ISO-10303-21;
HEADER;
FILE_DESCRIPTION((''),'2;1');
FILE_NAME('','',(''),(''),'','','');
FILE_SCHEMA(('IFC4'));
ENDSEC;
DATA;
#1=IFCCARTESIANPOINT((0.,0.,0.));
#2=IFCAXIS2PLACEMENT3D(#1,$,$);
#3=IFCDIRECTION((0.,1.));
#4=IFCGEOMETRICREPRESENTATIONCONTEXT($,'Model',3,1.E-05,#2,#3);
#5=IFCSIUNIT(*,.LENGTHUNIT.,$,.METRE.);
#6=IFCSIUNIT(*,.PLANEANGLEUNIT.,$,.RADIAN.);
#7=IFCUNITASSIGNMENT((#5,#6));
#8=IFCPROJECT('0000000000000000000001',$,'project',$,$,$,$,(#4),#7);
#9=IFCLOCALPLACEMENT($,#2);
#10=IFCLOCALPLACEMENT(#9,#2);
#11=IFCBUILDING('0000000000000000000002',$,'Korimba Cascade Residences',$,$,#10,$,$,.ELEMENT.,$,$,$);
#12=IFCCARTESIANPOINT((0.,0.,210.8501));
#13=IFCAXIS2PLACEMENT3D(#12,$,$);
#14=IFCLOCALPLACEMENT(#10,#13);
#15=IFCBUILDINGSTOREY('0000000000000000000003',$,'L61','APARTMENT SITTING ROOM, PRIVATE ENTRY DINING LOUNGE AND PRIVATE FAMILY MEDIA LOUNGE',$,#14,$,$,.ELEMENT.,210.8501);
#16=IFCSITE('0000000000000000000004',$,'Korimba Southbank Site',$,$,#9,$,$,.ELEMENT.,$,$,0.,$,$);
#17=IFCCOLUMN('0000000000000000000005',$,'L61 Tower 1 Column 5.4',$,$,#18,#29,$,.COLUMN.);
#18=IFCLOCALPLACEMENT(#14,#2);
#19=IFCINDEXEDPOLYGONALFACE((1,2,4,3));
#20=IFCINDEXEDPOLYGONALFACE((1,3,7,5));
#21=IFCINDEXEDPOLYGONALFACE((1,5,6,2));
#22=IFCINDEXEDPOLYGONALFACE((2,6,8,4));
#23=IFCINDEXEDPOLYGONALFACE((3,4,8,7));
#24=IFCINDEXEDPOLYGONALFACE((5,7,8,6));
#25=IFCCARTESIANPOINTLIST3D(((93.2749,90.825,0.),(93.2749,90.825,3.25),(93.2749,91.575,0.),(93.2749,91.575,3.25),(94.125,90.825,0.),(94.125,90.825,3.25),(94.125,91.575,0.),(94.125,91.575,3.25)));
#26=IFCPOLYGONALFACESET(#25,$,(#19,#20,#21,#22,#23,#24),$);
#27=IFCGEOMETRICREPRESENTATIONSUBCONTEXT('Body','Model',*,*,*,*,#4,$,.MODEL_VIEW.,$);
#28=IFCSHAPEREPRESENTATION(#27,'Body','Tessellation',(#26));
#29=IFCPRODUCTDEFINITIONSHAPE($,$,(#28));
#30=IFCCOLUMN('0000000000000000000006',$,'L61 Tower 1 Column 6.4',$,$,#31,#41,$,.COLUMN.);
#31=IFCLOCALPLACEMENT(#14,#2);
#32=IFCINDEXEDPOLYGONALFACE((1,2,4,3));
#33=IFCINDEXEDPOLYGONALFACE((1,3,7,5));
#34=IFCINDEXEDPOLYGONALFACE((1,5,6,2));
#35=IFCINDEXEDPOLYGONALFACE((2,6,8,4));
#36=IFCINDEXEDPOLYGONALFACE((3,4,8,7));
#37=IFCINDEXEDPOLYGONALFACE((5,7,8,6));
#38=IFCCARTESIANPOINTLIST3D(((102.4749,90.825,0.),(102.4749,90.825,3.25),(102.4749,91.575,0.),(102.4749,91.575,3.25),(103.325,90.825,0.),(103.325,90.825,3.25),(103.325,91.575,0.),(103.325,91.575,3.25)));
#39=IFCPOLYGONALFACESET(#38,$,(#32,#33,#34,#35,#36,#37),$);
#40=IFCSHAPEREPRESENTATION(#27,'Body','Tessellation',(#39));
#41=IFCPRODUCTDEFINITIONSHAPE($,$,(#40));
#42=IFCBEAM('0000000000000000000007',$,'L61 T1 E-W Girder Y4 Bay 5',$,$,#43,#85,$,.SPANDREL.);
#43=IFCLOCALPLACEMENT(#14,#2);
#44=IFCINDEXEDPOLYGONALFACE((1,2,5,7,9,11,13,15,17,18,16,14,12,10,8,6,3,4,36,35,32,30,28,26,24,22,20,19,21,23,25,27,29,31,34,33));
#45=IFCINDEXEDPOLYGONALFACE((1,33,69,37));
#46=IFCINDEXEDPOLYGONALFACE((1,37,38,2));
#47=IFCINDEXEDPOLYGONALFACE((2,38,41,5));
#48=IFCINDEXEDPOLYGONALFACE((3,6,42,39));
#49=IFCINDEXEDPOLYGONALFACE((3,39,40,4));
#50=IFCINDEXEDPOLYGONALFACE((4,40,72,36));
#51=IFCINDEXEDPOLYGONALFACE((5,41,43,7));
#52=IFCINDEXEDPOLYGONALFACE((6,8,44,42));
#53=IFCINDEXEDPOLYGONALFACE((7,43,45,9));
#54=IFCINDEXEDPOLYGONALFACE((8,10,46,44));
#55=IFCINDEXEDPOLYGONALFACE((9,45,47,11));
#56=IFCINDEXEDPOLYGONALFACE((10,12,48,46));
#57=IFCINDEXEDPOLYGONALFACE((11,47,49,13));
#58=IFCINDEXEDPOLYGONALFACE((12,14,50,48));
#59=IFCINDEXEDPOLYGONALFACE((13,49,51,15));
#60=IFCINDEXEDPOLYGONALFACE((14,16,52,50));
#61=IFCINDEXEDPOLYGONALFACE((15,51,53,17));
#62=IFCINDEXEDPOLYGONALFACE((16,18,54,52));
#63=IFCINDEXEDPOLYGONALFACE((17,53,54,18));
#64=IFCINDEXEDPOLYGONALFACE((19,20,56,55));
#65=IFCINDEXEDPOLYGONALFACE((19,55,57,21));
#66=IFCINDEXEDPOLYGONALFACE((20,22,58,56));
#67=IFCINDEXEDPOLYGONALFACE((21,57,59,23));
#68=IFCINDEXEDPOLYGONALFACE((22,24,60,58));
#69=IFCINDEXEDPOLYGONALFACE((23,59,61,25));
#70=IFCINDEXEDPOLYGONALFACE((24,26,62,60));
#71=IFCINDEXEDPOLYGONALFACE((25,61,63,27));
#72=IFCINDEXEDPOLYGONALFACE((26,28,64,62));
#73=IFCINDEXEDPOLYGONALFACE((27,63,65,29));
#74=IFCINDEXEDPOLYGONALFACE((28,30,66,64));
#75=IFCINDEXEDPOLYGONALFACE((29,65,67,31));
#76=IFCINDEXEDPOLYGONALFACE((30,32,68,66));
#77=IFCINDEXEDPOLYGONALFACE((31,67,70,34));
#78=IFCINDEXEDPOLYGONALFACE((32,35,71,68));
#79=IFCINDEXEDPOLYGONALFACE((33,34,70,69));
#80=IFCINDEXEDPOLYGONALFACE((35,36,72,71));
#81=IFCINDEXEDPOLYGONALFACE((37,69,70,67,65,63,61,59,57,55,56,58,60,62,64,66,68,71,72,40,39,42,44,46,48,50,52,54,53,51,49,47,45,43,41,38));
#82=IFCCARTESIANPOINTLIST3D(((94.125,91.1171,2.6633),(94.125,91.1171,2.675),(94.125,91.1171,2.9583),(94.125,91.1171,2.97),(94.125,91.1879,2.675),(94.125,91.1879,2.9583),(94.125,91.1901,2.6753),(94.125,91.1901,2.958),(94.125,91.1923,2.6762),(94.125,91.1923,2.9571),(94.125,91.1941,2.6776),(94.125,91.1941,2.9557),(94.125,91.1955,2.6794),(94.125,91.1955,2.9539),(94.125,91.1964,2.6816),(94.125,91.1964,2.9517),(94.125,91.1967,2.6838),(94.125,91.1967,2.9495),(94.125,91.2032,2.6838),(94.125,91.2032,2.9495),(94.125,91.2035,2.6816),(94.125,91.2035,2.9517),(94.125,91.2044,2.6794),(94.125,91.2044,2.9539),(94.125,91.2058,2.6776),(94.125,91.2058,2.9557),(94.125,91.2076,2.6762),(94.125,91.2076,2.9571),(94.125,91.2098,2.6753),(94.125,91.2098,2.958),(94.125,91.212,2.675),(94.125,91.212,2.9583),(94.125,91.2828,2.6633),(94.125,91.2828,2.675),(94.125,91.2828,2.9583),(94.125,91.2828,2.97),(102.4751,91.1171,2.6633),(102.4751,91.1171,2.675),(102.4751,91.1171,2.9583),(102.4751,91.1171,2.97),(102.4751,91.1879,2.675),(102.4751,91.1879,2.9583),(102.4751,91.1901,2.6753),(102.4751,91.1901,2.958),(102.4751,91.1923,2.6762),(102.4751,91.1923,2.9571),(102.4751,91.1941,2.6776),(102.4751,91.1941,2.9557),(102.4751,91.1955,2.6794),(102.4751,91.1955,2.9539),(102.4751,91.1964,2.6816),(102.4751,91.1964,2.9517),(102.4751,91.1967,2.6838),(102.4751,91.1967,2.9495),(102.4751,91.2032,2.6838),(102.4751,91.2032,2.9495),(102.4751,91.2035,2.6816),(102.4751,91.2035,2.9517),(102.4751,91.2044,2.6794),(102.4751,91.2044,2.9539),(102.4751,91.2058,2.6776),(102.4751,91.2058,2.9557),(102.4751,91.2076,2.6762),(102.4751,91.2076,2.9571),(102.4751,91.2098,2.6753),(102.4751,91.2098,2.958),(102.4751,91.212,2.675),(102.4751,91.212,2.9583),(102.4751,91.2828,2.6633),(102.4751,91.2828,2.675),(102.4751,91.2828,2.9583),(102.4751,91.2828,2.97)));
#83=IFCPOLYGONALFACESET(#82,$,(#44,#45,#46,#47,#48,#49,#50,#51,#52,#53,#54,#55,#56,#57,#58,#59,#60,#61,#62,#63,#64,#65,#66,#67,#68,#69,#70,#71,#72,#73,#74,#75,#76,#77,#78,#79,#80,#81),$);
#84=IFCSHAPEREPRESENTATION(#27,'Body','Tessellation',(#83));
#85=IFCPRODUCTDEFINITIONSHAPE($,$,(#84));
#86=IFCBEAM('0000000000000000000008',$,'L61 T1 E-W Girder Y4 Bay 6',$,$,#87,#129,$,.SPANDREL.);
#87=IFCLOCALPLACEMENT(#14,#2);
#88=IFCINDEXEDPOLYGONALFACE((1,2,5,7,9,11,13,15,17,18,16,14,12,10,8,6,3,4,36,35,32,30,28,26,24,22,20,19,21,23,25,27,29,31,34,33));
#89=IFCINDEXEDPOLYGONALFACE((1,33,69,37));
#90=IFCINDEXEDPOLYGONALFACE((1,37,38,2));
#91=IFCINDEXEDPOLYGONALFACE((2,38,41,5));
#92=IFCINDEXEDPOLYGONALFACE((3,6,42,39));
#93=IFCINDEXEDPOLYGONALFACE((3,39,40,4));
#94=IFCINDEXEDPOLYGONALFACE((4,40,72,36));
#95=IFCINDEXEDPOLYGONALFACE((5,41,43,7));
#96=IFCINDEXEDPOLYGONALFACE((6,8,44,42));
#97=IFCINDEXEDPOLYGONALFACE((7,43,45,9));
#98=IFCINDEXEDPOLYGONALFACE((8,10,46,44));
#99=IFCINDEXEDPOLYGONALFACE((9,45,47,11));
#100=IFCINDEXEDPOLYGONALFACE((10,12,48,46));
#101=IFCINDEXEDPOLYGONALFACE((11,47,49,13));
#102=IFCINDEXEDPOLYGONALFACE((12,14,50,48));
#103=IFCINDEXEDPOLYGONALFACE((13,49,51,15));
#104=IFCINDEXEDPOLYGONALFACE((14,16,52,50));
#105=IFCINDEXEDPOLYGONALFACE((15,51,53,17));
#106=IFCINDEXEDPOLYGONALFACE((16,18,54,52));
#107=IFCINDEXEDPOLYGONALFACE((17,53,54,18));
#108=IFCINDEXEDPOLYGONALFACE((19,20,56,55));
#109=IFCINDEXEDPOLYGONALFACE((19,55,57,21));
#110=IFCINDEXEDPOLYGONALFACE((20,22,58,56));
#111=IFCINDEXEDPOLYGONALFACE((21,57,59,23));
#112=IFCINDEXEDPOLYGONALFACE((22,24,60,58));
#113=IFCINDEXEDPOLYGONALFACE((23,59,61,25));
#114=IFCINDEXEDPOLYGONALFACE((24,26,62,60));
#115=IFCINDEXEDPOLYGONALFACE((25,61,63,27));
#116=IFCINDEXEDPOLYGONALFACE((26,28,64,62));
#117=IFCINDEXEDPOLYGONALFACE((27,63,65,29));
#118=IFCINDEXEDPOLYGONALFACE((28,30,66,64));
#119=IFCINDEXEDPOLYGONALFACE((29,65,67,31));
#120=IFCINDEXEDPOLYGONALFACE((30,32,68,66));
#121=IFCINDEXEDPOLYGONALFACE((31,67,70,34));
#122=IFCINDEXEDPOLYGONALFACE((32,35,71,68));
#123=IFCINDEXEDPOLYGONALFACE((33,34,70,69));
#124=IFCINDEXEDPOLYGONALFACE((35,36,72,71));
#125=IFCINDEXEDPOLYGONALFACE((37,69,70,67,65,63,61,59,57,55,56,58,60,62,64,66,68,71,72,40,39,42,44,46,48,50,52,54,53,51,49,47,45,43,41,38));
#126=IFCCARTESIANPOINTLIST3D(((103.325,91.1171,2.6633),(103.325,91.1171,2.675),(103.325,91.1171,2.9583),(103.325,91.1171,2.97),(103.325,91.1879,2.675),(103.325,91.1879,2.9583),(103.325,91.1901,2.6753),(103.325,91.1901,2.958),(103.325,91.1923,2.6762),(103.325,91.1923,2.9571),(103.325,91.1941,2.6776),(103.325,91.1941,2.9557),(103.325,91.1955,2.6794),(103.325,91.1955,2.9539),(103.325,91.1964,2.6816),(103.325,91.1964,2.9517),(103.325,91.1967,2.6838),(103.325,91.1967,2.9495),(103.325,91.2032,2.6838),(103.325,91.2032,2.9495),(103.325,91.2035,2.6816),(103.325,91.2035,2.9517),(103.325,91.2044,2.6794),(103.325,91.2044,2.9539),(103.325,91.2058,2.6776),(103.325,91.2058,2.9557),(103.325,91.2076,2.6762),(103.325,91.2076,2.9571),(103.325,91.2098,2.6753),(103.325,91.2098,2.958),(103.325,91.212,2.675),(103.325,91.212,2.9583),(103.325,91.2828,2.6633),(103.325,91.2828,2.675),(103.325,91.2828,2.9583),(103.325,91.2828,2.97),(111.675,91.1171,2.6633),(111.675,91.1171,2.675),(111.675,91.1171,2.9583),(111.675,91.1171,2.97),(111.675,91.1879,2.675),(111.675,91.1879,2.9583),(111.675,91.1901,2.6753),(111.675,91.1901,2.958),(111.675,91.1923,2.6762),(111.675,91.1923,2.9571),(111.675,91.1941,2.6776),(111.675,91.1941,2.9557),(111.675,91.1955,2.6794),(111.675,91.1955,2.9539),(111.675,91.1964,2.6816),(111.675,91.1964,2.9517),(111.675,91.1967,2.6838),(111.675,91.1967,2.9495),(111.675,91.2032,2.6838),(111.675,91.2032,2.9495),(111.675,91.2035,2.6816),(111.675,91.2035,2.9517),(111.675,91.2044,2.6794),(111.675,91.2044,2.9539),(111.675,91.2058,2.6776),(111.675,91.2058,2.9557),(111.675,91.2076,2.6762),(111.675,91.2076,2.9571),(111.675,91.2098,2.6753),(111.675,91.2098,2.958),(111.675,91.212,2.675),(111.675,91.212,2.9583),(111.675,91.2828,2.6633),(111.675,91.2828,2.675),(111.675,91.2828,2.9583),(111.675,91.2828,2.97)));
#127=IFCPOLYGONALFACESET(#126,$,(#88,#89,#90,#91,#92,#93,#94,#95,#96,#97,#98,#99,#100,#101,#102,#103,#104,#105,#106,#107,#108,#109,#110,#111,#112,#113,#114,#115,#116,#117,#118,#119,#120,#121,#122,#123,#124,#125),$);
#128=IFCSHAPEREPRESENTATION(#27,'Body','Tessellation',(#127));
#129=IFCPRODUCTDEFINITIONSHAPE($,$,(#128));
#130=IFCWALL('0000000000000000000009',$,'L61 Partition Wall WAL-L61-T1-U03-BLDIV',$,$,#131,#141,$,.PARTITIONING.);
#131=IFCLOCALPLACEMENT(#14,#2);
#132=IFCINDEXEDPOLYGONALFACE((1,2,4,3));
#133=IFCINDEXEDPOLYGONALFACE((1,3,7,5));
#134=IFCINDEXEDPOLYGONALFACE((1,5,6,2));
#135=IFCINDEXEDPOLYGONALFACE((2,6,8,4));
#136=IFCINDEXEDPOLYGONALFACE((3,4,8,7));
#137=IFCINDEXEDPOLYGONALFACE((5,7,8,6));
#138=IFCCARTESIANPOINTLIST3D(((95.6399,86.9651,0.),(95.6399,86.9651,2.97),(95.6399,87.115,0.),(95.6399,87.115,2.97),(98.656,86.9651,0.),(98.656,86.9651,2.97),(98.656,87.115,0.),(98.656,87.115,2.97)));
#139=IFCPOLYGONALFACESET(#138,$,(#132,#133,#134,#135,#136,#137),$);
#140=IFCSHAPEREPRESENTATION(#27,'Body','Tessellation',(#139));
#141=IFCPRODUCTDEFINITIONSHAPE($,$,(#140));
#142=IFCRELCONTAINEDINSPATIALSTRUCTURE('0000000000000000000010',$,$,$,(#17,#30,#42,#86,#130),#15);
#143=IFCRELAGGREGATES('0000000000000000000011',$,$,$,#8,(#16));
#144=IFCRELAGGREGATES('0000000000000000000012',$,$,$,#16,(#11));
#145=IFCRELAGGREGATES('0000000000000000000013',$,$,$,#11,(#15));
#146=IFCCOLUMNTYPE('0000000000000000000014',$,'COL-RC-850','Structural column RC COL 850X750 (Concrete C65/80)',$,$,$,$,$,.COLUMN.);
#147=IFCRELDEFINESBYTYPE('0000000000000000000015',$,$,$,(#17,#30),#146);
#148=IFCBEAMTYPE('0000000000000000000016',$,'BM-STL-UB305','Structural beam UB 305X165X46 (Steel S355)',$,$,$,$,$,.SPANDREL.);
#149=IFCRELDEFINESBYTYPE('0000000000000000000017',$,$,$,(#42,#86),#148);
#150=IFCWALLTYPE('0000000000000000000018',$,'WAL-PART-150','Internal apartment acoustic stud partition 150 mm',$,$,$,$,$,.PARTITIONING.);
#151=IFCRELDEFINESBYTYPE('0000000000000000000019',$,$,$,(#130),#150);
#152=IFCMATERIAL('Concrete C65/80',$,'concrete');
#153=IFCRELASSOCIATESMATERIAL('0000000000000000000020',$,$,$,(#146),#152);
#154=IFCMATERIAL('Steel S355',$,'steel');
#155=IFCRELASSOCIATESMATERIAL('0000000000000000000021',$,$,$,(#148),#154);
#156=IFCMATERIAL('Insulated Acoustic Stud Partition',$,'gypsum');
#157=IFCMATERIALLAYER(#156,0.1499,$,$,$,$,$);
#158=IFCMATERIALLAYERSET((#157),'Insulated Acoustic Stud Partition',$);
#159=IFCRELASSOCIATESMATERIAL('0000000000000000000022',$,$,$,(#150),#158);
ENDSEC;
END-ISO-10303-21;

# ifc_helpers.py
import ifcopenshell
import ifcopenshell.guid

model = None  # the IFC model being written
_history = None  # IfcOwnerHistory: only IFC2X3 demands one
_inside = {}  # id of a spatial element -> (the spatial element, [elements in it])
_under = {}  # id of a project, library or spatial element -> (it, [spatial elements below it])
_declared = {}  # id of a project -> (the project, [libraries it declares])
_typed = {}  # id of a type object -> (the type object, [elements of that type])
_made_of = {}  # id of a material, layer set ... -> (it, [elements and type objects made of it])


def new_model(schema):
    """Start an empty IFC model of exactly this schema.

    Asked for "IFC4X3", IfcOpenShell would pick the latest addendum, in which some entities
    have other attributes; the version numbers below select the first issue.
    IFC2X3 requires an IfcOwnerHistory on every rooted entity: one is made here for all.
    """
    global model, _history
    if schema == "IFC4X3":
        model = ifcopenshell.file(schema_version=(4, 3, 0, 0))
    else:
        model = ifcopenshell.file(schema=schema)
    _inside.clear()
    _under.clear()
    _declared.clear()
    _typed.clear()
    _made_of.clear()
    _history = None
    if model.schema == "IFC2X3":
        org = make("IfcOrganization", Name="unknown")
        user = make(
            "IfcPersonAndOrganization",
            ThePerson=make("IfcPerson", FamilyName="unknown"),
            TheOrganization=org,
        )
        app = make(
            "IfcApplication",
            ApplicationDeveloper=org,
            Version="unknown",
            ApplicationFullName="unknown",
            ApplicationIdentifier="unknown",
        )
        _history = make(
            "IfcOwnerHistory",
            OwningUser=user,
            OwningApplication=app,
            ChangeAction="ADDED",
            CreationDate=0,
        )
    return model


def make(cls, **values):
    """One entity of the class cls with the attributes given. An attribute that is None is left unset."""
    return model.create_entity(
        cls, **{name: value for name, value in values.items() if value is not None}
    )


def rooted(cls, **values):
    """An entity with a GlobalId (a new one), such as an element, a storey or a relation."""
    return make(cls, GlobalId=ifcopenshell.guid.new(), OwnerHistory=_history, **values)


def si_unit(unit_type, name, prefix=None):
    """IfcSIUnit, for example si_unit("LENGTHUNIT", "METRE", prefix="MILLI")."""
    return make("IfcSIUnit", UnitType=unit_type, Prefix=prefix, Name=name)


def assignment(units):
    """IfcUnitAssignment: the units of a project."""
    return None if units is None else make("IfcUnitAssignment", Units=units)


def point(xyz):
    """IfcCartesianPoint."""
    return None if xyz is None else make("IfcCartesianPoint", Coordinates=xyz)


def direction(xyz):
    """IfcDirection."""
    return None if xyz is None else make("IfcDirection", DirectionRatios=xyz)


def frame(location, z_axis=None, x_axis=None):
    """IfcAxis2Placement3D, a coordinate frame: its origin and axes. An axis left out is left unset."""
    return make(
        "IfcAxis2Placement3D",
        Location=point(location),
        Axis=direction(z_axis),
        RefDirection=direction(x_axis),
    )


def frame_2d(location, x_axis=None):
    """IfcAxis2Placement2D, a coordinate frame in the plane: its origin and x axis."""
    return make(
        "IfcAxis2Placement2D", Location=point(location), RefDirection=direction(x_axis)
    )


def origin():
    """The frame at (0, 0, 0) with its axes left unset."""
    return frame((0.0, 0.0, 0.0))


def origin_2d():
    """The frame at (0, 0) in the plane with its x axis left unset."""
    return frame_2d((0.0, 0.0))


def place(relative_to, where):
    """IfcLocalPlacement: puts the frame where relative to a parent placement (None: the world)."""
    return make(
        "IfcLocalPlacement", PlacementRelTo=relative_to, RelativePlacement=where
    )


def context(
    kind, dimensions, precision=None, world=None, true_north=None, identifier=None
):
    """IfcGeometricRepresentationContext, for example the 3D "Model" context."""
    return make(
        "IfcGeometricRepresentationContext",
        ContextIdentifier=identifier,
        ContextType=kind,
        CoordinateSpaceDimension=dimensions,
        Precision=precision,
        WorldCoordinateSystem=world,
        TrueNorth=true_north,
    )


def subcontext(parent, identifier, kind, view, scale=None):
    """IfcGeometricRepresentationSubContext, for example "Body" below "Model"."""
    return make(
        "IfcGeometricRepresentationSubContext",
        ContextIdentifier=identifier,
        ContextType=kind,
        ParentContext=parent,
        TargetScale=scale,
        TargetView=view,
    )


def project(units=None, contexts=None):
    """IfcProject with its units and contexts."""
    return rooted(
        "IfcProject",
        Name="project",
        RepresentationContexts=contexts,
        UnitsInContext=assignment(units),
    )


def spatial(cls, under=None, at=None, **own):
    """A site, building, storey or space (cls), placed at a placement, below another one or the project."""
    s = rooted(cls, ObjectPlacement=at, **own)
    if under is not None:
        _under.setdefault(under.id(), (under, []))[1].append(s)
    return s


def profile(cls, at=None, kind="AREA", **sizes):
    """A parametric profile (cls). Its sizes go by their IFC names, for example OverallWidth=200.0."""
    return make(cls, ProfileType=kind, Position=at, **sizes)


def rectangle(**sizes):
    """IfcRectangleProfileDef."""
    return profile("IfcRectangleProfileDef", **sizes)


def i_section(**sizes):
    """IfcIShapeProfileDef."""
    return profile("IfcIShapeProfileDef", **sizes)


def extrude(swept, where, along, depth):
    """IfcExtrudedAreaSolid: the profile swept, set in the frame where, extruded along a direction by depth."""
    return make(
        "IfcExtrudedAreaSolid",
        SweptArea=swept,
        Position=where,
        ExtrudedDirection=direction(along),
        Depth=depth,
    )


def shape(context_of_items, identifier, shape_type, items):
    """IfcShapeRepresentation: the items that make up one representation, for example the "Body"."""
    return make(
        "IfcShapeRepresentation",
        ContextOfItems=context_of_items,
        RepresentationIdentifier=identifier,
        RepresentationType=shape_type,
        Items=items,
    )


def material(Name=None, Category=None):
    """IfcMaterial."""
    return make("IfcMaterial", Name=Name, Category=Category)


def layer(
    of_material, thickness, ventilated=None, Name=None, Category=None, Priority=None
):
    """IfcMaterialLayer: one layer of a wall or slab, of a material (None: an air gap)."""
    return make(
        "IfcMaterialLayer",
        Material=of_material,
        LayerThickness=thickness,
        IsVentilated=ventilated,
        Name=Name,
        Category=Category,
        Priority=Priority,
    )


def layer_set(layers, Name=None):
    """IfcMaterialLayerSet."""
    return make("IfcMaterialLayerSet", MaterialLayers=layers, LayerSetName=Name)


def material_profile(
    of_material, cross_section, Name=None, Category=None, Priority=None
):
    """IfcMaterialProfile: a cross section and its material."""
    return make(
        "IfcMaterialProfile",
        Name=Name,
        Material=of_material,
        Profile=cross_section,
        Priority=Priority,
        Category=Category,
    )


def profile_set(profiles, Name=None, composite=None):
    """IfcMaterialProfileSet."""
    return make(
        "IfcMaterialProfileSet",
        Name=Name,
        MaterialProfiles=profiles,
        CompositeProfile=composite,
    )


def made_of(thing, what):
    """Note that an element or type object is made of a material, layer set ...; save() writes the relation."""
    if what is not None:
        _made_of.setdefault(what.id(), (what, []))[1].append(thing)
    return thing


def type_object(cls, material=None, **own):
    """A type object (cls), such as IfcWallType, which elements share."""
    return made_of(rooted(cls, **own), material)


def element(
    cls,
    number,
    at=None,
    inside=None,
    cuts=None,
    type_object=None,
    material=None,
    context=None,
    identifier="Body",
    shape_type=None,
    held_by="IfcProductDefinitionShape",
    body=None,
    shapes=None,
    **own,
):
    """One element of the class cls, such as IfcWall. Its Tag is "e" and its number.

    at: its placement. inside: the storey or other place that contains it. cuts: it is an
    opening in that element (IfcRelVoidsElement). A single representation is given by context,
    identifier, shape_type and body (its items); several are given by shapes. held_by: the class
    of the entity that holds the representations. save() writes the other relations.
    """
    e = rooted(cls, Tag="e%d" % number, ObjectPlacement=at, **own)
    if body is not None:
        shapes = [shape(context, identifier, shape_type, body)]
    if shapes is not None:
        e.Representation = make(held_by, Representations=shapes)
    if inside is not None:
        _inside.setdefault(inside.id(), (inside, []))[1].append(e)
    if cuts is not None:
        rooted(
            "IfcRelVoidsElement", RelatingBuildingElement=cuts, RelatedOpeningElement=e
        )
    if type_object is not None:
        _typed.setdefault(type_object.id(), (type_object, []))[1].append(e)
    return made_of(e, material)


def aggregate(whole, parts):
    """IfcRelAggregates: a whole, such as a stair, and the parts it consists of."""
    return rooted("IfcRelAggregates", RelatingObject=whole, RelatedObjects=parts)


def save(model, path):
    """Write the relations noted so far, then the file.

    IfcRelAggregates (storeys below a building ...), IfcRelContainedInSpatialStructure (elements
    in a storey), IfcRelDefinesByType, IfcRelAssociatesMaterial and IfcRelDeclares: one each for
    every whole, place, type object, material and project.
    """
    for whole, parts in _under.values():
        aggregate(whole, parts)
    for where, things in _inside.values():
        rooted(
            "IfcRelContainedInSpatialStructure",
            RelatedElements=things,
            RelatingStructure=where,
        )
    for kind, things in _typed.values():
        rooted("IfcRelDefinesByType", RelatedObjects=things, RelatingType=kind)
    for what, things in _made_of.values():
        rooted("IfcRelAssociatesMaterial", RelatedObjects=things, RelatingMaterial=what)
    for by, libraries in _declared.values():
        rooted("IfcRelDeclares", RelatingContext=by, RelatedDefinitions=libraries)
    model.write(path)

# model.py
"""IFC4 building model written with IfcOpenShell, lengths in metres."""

from ifc_helpers import new_model, si_unit, direction, frame, frame_2d, origin, origin_2d, place, context, subcontext, project, spatial, rectangle, i_section, extrude, material, layer, layer_set, material_profile, profile_set, type_object, element, save


model = new_model("IFC4")

# Units and contexts
model_context = context("Model", 3, precision=1e-05, world=origin(), true_north=direction((0.0, 1.0)))
body_context = subcontext(model_context, "Body", "Model", "MODEL_VIEW")
ifc_project = project(units=[si_unit("LENGTHUNIT", "METRE"), si_unit("PLANEANGLEUNIT", "RADIAN")], contexts=[model_context])

# Site, building, storey
site_placement = place(None, origin())
site = spatial("IfcSite", under=ifc_project, at=site_placement, Name="Korimba Southbank Site", CompositionType="ELEMENT", RefElevation=0.0)
building_placement = place(site_placement, origin())
building = spatial("IfcBuilding", under=site, at=building_placement, Name="Korimba Cascade Residences", CompositionType="ELEMENT")
storey_placement = place(building_placement, frame((0.0, 0.0, 210.8501)))
storey = spatial("IfcBuildingStorey", under=building, at=storey_placement, Name="L61", Description="APARTMENT SITTING ROOM, PRIVATE ENTRY DINING LOUNGE AND PRIVATE FAMILY MEDIA LOUNGE", CompositionType="ELEMENT", Elevation=210.8501)

# Columns
ifc_material_1 = material(Name="Concrete C65/80", Category="concrete")
ifc_material_profile_1 = material_profile(ifc_material_1, rectangle(XDim=0.8501, YDim=0.75, at=origin_2d()), Name="Concrete C65/80")
ifc_profile_set_1 = profile_set([ifc_material_profile_1], Name="Concrete C65/80")
column_type = type_object("IfcColumnType", Name="COL-RC-850", Description="Structural column RC COL 850X750 (Concrete C65/80)", PredefinedType="COLUMN", material=ifc_profile_set_1)
for number, where, z_axis, x_axis, name in (
    (1, (93.7, 91.2, 0.0), (0.0, 0.0, 1.0), (1.0, 0.0, 0.0), "L61 Tower 1 Column 5.4"),
    (2, (102.8999, 91.2, 0.0), (0.0, 0.0, 1.0), (1.0, 0.0, 0.0), "L61 Tower 1 Column 6.4"),
):
    element("IfcColumn", number, at=place(storey_placement, frame(where, z_axis=z_axis, x_axis=x_axis)), inside=storey, type_object=column_type, Name=name, PredefinedType="COLUMN", context=body_context, shape_type="SweptSolid", body=[
        extrude(rectangle(XDim=0.8501, YDim=0.75, at=origin_2d()), origin(), (0.0, 0.0, 1.0), 3.25),
    ])

# Beams
ifc_material_2 = material(Name="Steel S355", Category="steel")
ifc_material_profile_2 = material_profile(ifc_material_2, i_section(OverallWidth=0.1658, OverallDepth=0.3066, WebThickness=0.0066, FlangeThickness=0.0117, FilletRadius=0.0088, at=origin_2d()), Name="Steel S355")
ifc_profile_set_2 = profile_set([ifc_material_profile_2], Name="Steel S355")
beam_type = type_object("IfcBeamType", Name="BM-STL-UB305", Description="Structural beam UB 305X165X46 (Steel S355)", PredefinedType="SPANDREL", material=ifc_profile_set_2)
for number, where, z_axis, x_axis, name in (
    (3, (94.125, 91.2, 2.8167), (1.0, 0.0, 0.0), (0.0, 1.0, 0.0), "L61 T1 E-W Girder Y4 Bay 5"),
    (4, (103.325, 91.2, 2.8167), (1.0, 0.0, 0.0), (0.0, 1.0, 0.0), "L61 T1 E-W Girder Y4 Bay 6"),
):
    element("IfcBeam", number, at=place(storey_placement, frame(where, z_axis=z_axis, x_axis=x_axis)), inside=storey, type_object=beam_type, Name=name, PredefinedType="SPANDREL", context=body_context, shape_type="SweptSolid", body=[
        extrude(i_section(OverallWidth=0.1658, OverallDepth=0.3066, WebThickness=0.0066, FlangeThickness=0.0117, FilletRadius=0.0088, at=origin_2d()), origin(), (0.0, 0.0, 1.0), 8.3501),
    ])

# Wall
ifc_material_3 = material(Name="Insulated Acoustic Stud Partition", Category="gypsum")
ifc_layer = layer(ifc_material_3, 0.1499)
ifc_layer_set = layer_set([ifc_layer], Name="Insulated Acoustic Stud Partition")
wall_type = type_object("IfcWallType", Name="WAL-PART-150", Description="Internal apartment acoustic stud partition 150 mm", PredefinedType="PARTITIONING", material=ifc_layer_set)
wall_1_placement = place(storey_placement, frame((95.6399, 87.04, 0.0), z_axis=(0.0, 0.0, 1.0), x_axis=(1.0, 0.0, 0.0)))
element("IfcWall", 5, at=wall_1_placement, inside=storey, type_object=wall_type, Name="L61 Partition Wall WAL-L61-T1-U03-BLDIV", PredefinedType="PARTITIONING", context=body_context, shape_type="SweptSolid", body=[
    extrude(rectangle(XDim=3.0161, YDim=0.1499, at=frame_2d((1.5081, 0.0))), origin(), (0.0, 0.0, 1.0), 2.97),
])

save(model, "model.ifc")
